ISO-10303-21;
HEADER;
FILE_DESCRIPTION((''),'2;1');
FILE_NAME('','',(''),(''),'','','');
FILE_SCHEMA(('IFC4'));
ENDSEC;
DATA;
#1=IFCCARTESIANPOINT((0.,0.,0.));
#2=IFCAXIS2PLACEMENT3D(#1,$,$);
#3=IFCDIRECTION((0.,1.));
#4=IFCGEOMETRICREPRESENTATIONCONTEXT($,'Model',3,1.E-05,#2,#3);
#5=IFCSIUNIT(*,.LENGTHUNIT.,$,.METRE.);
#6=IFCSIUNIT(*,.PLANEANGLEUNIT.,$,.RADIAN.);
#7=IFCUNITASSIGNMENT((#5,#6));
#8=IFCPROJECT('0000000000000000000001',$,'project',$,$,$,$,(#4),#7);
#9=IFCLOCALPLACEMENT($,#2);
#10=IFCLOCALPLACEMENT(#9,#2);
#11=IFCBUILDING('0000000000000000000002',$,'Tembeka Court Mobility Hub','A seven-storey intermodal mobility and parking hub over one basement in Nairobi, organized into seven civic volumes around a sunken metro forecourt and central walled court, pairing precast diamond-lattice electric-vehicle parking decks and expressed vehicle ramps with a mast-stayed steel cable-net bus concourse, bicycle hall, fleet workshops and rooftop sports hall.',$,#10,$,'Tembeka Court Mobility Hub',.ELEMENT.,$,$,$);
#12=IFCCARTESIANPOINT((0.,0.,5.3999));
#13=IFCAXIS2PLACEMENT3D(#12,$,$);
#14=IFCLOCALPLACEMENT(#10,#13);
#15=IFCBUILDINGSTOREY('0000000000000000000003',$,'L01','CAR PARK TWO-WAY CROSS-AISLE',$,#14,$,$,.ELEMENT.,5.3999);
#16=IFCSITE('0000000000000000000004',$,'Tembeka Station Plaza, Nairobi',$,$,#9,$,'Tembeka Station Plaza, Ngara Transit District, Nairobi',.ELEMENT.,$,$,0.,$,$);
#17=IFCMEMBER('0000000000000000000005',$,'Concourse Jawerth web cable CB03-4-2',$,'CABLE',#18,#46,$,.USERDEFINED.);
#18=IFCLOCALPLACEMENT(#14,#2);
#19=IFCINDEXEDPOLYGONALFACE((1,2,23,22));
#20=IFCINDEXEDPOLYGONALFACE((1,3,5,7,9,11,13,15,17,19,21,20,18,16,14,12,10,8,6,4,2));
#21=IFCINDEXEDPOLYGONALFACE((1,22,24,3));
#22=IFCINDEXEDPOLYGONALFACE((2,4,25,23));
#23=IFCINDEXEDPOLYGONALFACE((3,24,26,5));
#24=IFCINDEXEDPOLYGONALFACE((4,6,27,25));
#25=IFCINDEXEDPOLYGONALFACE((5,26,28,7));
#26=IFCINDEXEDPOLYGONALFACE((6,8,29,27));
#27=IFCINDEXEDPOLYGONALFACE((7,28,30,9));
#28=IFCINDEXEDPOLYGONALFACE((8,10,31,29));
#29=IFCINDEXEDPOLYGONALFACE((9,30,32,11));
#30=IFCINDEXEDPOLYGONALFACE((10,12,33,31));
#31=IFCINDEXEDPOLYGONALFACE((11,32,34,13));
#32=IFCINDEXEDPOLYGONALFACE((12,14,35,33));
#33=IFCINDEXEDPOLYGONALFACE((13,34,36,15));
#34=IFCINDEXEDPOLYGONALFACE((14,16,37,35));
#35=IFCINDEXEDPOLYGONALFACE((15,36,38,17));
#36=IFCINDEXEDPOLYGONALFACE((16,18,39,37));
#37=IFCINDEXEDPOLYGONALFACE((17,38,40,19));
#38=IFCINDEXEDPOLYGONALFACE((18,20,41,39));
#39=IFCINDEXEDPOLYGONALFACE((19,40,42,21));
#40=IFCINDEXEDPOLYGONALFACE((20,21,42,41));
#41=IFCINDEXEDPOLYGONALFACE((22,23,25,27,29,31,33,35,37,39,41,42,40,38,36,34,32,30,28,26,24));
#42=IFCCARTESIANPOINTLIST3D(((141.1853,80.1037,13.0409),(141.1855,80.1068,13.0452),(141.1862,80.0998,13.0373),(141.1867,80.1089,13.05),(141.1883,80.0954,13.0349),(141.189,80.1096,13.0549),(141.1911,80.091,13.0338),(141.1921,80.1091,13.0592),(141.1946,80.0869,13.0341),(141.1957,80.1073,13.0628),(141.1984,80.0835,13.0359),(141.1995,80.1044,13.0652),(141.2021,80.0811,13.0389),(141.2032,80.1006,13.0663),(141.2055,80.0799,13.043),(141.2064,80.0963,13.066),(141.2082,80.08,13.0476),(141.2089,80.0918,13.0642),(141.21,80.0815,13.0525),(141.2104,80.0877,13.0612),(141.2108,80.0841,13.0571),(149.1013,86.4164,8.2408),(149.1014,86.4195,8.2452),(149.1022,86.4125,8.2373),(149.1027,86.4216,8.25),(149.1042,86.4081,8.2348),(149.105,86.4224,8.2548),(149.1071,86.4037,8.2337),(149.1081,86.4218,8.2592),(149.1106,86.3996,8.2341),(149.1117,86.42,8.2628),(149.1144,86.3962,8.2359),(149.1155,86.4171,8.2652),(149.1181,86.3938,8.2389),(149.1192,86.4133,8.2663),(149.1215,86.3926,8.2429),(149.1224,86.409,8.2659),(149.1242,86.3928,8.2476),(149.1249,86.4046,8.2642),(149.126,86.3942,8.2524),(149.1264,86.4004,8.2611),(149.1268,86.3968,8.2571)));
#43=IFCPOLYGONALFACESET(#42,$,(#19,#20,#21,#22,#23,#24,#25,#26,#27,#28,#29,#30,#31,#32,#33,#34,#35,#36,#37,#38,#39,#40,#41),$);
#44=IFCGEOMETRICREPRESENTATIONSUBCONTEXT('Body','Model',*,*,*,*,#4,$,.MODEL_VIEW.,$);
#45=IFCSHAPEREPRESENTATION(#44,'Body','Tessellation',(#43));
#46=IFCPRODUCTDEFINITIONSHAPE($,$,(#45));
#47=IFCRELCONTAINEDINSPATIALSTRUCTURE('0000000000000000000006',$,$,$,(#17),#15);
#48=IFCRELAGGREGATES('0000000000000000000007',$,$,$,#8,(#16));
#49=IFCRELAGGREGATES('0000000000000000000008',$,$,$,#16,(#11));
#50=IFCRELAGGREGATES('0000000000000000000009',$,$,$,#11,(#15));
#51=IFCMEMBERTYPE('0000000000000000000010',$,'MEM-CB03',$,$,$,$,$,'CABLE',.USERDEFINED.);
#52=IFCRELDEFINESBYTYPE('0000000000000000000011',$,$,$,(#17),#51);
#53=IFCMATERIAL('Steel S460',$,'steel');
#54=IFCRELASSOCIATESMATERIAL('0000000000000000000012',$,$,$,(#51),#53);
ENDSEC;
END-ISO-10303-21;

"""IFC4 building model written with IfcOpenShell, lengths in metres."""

from ifc_helpers import new_model, si_unit, direction, frame, origin, origin_2d, place, context, subcontext, project, spatial, circle, extrude, material, material_profile, profile_set, type_object, element, save


model = new_model("IFC4")

# Units and contexts
model_context = context("Model", 3, precision=1e-05, world=origin(), true_north=direction((0.0, 1.0)))
body_context = subcontext(model_context, "Body", "Model", "MODEL_VIEW")
ifc_project = project(units=[si_unit("LENGTHUNIT", "METRE"), si_unit("PLANEANGLEUNIT", "RADIAN")], contexts=[model_context])

# Site, building, storey
site_placement = place(None, origin())
site = spatial("IfcSite", under=ifc_project, at=site_placement, Name="Tembeka Station Plaza, Nairobi", LongName="Tembeka Station Plaza, Ngara Transit District, Nairobi", CompositionType="ELEMENT", RefElevation=0.0)
building_placement = place(site_placement, origin())
building = spatial("IfcBuilding", under=site, at=building_placement, Name="Tembeka Court Mobility Hub", Description="A seven-storey intermodal mobility and parking hub over one basement in Nairobi, organized into seven civic volumes around a sunken metro forecourt and central walled court, pairing precast diamond-lattice electric-vehicle parking decks and expressed vehicle ramps with a mast-stayed steel cable-net bus concourse, bicycle hall, fleet workshops and rooftop sports hall.", LongName="Tembeka Court Mobility Hub", CompositionType="ELEMENT")
storey_placement = place(building_placement, frame((0.0, 0.0, 5.3999)))
storey = spatial("IfcBuildingStorey", under=building, at=storey_placement, Name="L01", Description="CAR PARK TWO-WAY CROSS-AISLE", CompositionType="ELEMENT", Elevation=5.3999)

# Member
ifc_material_1 = material(Name="Steel S460", Category="steel")
ifc_material_profile_1 = material_profile(ifc_material_1, circle(Radius=0.0181, at=origin_2d()), Name="CABLE D36")
ifc_profile_set_1 = profile_set([ifc_material_profile_1], Name="Steel S460")
member_type_1 = type_object("IfcMemberType", Name="MEM-CB03", ElementType="CABLE", PredefinedType="USERDEFINED", material=ifc_profile_set_1)
for number, where, z_axis, x_axis, name in (
    (1, (141.198, 80.0947, 13.05), (0.706465, 0.563381, -0.42838), (-0.623486, 0.781835, 0.0), "Concourse Jawerth web cable CB03-4-2"),
):
    element("IfcMember", number, at=place(storey_placement, frame(where, z_axis=z_axis, x_axis=x_axis)), inside=storey, type_object=member_type_1, Name=name, ObjectType="CABLE", PredefinedType="USERDEFINED", context=body_context, shape_type="SweptSolid", body=[
        extrude(circle(Radius=0.0181, at=origin_2d()), origin(), (0.0, 0.0, 1.0), 11.2051),
    ])

save(model, "model.ifc")
